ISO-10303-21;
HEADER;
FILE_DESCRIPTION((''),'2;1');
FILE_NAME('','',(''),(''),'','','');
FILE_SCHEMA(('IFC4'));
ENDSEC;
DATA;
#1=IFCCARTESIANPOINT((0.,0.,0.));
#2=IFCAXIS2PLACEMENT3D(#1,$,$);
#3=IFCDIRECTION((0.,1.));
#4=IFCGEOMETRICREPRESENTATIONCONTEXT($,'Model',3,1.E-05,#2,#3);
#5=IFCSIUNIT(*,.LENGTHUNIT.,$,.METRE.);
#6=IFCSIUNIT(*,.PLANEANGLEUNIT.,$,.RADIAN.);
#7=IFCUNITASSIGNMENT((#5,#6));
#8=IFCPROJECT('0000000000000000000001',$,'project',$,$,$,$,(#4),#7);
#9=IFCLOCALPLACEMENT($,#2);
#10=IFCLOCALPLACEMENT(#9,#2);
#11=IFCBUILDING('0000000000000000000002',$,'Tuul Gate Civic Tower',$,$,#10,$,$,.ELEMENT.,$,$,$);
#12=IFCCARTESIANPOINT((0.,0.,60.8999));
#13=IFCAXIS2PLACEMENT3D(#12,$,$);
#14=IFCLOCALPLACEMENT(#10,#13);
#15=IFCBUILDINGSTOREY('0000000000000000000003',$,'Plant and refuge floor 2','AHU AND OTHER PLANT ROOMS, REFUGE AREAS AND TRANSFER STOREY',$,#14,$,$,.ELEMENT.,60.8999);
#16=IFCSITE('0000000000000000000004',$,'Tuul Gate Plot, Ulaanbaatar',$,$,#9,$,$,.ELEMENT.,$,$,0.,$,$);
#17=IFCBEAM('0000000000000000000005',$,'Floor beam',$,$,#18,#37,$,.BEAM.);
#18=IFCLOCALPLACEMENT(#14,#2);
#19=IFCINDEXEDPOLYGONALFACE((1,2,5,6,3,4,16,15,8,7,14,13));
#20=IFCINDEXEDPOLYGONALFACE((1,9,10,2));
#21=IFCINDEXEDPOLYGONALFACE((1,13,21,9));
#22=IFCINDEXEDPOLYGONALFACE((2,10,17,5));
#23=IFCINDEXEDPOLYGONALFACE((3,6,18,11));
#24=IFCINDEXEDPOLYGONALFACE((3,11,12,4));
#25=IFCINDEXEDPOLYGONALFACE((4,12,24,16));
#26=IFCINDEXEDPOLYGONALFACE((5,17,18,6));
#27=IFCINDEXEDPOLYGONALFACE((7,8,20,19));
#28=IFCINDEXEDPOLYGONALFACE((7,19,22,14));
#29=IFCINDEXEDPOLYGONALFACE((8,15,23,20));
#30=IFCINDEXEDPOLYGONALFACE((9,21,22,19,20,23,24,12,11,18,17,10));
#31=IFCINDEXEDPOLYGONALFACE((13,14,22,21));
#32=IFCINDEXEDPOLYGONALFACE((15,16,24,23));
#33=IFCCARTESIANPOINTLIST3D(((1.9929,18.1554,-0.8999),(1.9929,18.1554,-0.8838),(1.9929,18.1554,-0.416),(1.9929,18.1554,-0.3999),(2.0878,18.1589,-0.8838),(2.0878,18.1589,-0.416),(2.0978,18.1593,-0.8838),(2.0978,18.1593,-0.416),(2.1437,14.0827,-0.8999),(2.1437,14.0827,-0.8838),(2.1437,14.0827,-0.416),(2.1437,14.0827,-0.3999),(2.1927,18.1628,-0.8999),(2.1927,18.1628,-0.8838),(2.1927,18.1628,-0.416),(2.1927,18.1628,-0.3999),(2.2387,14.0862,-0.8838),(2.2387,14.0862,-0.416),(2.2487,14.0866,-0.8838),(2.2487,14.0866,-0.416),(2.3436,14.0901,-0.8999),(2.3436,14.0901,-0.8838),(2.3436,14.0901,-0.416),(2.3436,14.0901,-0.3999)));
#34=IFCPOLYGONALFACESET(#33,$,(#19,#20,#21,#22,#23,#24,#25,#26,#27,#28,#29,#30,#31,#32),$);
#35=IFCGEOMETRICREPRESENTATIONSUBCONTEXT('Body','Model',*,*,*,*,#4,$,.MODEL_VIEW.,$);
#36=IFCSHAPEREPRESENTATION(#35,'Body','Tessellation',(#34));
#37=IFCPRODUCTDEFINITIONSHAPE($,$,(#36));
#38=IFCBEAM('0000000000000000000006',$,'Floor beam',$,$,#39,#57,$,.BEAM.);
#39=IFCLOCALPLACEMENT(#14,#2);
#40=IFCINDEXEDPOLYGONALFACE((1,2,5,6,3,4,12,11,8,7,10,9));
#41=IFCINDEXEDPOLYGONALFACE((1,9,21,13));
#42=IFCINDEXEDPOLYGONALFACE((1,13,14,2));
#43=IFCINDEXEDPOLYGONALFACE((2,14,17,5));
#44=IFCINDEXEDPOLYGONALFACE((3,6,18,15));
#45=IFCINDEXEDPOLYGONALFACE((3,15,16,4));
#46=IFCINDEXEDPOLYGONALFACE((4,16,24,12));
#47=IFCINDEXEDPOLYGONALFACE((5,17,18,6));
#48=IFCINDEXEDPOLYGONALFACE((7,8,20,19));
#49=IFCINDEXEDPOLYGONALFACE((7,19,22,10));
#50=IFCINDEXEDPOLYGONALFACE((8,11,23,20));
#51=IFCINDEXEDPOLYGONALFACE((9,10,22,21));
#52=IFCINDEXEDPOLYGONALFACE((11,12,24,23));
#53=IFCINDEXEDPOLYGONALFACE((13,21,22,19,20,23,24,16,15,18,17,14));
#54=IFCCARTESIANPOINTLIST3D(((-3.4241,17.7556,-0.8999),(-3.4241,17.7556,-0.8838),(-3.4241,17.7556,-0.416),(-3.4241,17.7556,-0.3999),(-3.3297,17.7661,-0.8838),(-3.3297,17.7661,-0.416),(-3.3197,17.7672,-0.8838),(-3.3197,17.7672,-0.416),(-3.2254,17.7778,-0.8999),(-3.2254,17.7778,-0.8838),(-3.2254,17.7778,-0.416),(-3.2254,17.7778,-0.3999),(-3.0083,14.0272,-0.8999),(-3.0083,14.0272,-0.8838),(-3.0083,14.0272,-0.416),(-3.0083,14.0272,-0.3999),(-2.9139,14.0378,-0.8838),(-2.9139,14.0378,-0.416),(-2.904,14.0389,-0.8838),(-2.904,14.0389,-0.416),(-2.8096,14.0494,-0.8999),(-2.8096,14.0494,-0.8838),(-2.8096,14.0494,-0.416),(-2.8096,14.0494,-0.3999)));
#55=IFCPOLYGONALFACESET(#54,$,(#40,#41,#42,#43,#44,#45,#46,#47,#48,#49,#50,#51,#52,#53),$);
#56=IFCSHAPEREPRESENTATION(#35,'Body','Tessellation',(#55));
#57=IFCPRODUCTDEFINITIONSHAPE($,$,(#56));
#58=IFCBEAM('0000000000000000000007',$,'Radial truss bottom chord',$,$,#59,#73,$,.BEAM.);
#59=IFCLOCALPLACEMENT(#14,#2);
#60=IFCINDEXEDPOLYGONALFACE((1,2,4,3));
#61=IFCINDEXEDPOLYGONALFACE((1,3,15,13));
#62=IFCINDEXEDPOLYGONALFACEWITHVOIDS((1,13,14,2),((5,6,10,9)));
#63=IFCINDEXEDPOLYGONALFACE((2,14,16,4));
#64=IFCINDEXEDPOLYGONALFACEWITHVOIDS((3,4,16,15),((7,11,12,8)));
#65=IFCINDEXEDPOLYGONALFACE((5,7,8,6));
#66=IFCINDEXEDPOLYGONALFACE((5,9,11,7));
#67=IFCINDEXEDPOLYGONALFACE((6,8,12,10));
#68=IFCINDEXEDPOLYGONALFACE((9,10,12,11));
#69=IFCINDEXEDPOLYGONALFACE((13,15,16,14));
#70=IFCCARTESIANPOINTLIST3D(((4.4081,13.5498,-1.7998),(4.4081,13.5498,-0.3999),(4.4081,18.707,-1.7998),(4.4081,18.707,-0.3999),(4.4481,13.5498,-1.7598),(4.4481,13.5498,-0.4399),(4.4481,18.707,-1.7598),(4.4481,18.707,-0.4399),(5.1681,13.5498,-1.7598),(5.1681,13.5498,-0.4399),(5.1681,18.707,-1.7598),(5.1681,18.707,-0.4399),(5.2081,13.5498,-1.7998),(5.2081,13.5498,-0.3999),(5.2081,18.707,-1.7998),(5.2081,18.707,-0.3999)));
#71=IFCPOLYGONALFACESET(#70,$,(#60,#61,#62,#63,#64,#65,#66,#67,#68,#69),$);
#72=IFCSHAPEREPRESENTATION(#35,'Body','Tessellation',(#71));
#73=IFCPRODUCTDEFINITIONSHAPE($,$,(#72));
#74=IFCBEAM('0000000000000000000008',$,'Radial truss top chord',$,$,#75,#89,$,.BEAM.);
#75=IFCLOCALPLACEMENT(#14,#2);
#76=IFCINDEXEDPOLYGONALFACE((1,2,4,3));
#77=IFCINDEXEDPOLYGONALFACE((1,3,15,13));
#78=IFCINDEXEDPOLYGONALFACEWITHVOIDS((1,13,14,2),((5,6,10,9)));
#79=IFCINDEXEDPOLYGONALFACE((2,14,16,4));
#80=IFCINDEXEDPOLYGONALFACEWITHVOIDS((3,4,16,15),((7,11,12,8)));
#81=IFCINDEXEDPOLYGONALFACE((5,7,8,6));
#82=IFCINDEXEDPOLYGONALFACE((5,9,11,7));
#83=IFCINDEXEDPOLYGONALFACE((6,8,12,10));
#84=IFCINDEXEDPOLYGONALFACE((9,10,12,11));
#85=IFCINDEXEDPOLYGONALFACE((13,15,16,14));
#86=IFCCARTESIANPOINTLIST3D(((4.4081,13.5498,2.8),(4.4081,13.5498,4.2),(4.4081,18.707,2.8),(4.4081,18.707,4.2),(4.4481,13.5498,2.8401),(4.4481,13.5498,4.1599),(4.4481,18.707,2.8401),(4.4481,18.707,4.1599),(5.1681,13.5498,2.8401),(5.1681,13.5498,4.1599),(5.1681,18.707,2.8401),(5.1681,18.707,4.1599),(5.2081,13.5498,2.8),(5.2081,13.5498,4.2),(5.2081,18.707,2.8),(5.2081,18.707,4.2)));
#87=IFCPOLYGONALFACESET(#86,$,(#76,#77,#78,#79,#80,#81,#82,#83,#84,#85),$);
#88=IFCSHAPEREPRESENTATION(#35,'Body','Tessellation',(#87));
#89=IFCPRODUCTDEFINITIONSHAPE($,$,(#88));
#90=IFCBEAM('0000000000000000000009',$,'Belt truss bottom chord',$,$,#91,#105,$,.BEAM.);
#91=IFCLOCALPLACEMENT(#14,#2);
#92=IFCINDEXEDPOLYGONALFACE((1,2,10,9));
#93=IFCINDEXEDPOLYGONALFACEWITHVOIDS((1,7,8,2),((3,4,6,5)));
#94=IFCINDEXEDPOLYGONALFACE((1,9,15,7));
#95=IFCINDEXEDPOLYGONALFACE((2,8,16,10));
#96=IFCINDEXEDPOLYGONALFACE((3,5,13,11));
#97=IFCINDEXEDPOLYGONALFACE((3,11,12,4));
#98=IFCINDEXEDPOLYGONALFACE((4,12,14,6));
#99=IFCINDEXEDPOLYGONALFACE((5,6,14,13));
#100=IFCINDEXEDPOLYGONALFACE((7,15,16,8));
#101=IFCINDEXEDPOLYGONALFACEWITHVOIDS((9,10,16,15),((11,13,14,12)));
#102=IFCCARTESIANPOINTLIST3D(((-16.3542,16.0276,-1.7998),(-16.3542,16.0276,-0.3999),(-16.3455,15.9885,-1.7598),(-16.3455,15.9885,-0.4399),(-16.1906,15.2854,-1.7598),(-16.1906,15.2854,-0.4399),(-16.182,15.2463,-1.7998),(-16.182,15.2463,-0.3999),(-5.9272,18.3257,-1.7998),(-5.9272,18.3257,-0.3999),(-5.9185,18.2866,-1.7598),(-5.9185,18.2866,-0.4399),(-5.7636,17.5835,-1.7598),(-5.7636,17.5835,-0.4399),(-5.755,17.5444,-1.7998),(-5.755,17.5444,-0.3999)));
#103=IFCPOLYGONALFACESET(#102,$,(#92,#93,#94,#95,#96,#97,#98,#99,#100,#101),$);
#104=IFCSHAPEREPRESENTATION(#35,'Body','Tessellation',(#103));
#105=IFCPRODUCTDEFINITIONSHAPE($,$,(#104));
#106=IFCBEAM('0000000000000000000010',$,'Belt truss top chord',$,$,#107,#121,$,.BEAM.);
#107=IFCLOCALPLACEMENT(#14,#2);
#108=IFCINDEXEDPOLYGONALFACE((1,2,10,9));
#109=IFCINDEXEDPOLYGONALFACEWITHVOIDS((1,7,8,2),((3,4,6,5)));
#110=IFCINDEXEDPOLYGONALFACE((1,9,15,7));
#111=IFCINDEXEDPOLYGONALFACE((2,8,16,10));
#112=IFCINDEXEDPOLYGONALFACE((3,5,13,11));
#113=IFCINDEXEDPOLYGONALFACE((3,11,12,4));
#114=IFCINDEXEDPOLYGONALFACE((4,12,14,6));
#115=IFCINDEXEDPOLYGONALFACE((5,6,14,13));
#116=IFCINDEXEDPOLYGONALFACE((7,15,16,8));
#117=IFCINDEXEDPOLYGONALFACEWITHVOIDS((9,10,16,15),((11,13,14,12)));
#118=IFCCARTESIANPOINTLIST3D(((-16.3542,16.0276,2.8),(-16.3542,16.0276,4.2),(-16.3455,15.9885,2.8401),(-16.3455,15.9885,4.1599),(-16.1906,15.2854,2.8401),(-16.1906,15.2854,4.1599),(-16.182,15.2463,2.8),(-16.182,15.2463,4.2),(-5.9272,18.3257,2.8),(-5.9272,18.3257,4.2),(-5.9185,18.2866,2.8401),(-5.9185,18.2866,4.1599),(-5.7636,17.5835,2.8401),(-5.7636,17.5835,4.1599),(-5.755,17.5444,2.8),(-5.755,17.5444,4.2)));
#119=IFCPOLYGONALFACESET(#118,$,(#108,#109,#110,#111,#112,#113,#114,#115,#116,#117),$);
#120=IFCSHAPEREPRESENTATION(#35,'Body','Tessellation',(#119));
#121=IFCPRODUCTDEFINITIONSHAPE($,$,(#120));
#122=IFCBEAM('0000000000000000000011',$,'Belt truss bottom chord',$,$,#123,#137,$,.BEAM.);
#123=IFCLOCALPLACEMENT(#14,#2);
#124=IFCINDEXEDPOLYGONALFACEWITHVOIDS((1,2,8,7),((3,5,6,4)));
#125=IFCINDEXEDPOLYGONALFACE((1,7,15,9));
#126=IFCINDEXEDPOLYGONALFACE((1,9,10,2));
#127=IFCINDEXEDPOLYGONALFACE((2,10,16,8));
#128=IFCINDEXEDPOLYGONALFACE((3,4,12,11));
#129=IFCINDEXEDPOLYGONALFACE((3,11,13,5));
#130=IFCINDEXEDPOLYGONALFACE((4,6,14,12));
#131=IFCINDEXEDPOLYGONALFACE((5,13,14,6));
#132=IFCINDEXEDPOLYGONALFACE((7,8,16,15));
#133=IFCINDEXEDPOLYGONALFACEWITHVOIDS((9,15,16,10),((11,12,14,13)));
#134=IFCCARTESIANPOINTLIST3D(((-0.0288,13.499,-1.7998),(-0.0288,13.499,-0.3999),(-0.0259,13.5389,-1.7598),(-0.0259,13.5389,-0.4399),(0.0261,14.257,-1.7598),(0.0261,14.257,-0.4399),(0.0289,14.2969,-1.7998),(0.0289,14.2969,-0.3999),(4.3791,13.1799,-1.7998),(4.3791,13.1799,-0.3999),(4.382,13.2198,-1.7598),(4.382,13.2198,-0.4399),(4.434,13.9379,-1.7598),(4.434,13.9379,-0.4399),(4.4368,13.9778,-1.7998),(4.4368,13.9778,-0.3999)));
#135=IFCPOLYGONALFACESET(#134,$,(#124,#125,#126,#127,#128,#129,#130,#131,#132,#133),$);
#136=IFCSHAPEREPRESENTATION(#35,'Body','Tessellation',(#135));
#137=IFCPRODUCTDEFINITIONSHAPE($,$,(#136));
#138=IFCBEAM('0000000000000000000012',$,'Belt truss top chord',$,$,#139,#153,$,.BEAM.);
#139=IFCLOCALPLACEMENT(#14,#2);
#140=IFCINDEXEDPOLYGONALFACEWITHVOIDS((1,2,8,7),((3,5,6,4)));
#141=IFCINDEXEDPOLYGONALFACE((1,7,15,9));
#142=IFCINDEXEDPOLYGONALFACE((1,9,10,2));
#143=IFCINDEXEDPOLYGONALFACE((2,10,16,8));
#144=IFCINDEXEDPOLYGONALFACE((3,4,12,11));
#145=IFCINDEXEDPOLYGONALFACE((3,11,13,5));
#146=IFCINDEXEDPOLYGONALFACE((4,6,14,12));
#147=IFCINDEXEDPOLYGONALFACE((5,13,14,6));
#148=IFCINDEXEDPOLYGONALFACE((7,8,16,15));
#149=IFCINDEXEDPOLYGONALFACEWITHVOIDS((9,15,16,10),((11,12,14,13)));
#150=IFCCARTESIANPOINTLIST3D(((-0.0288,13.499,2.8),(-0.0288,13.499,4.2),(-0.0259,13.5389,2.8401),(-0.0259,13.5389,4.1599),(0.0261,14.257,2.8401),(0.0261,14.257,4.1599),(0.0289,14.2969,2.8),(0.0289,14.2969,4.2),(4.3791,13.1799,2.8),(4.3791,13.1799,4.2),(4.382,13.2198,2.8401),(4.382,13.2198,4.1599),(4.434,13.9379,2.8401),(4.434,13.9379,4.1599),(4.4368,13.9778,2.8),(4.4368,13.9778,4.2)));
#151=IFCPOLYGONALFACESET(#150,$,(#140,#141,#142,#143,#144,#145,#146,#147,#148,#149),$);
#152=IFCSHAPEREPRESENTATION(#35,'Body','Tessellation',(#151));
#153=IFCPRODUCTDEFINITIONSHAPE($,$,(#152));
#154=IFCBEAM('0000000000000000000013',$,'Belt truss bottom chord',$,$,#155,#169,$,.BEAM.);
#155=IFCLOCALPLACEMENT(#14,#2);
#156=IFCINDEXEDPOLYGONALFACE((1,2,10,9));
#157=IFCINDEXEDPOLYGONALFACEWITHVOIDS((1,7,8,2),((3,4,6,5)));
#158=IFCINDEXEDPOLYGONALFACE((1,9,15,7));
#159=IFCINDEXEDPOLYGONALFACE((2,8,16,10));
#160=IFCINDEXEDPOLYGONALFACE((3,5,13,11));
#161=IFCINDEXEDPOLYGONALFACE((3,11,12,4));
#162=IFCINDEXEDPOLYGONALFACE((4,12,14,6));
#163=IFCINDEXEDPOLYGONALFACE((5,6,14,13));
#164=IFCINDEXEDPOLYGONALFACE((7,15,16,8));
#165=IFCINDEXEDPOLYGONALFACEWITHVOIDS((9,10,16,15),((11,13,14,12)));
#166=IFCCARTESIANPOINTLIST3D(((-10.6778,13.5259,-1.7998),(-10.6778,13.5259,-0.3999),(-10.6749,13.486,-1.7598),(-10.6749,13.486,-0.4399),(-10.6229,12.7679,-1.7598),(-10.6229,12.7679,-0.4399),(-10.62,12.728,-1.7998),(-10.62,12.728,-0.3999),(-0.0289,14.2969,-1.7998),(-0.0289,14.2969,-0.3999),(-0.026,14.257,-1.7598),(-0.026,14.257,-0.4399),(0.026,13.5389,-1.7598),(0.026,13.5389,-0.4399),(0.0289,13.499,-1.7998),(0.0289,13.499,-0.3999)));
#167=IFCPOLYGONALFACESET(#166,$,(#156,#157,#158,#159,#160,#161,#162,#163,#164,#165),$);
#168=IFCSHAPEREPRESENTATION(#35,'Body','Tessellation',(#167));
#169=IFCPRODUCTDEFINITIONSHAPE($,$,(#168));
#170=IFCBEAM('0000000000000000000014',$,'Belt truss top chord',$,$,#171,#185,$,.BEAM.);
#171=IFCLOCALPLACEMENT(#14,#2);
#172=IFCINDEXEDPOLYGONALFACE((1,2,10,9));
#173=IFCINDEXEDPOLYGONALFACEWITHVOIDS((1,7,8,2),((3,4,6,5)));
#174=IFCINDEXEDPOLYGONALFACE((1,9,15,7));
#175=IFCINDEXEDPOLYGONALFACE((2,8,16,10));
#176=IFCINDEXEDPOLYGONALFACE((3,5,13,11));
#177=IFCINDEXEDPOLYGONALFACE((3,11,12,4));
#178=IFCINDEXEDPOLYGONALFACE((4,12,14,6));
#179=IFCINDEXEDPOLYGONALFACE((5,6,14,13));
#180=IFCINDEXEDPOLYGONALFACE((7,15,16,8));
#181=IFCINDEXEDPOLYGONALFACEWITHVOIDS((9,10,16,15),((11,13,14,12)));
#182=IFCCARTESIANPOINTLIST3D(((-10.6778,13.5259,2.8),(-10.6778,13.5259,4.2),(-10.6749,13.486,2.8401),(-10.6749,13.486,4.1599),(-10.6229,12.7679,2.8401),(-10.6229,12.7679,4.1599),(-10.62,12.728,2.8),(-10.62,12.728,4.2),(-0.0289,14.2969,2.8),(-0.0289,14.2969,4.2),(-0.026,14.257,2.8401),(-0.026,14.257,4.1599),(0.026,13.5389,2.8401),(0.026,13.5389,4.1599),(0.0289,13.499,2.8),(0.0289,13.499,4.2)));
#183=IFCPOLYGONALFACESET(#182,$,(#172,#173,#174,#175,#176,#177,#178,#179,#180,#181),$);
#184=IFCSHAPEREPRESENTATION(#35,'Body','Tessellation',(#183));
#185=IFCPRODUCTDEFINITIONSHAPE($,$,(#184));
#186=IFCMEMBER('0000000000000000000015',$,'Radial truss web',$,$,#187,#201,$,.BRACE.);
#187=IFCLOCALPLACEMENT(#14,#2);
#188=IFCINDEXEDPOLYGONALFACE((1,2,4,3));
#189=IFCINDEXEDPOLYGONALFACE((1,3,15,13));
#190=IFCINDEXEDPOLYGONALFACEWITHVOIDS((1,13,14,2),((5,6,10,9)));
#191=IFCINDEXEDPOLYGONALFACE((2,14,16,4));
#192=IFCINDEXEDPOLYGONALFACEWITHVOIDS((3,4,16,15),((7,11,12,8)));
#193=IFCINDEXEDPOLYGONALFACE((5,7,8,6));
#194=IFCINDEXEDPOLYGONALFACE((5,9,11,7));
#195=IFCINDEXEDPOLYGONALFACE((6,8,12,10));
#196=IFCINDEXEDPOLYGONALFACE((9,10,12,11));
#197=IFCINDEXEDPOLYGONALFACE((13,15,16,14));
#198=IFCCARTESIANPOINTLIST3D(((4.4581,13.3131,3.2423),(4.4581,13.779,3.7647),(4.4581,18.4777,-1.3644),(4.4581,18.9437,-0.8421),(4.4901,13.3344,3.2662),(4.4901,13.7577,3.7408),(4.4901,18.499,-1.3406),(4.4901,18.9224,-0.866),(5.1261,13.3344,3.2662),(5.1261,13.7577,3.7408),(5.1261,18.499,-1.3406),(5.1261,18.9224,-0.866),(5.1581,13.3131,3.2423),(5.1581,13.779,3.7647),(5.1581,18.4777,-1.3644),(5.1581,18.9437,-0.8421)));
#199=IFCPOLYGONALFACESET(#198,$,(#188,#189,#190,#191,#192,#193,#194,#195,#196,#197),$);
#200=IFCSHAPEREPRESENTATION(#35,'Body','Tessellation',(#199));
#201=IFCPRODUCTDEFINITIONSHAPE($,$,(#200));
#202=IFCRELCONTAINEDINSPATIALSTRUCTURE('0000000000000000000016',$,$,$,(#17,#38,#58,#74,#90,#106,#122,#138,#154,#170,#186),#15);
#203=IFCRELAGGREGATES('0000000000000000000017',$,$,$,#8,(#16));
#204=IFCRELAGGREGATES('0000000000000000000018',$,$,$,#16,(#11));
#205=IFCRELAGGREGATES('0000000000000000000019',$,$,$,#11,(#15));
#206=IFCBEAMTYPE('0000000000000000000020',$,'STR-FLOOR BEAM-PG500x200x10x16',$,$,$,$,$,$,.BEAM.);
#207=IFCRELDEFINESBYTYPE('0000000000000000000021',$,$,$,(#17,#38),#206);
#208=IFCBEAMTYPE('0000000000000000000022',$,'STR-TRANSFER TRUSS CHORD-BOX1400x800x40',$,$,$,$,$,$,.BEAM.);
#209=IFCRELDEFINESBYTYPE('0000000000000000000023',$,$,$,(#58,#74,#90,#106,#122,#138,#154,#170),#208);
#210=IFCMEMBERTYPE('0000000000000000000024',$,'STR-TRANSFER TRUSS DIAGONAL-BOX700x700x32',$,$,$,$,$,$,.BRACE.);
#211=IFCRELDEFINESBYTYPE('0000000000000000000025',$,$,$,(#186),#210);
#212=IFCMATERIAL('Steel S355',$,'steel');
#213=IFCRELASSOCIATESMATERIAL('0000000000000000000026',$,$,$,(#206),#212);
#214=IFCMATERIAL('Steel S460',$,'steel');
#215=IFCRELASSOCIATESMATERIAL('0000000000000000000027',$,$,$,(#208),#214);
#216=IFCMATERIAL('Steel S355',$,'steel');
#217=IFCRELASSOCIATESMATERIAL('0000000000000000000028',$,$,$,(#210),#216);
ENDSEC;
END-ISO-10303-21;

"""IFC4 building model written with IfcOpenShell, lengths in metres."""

from ifc_helpers import new_model, si_unit, direction, frame, origin, origin_2d, place, context, subcontext, project, spatial, hollow_rectangle, i_section, extrude, material, material_profile, profile_set, type_object, element, save


model = new_model("IFC4")

# Units and contexts
model_context = context("Model", 3, precision=1e-05, world=origin(), true_north=direction((0.0, 1.0)))
body_context = subcontext(model_context, "Body", "Model", "MODEL_VIEW")
ifc_project = project(units=[si_unit("LENGTHUNIT", "METRE"), si_unit("PLANEANGLEUNIT", "RADIAN")], contexts=[model_context])

# Site, building, storey
site_placement = place(None, origin())
site = spatial("IfcSite", under=ifc_project, at=site_placement, Name="Tuul Gate Plot, Ulaanbaatar", CompositionType="ELEMENT", RefElevation=0.0)
building_placement = place(site_placement, origin())
building = spatial("IfcBuilding", under=site, at=building_placement, Name="Tuul Gate Civic Tower", CompositionType="ELEMENT")
storey_placement = place(building_placement, frame((0.0, 0.0, 60.8999)))
storey = spatial("IfcBuildingStorey", under=building, at=storey_placement, Name="Plant and refuge floor 2", Description="AHU AND OTHER PLANT ROOMS, REFUGE AREAS AND TRANSFER STOREY", CompositionType="ELEMENT", Elevation=60.8999)

# Beams
ifc_material_1 = material(Name="Steel S355", Category="steel")
ifc_material_profile_1 = material_profile(ifc_material_1, i_section(OverallWidth=0.2, OverallDepth=0.5, WebThickness=0.01, FlangeThickness=0.0161, at=origin_2d()), Name="PG500x200x10x16")
ifc_profile_set_1 = profile_set([ifc_material_profile_1], Name="Steel S355")
beam_type_1 = type_object("IfcBeamType", Name="STR-FLOOR BEAM-PG500x200x10x16", PredefinedType="BEAM", material=ifc_profile_set_1)
beam_1_placement = place(storey_placement, frame((2.2437, 14.0864, -0.6499), z_axis=(-0.037021, 0.999315, 0.0), x_axis=(-0.999315, -0.037021, 0.0)))
element("IfcBeam", 1, at=beam_1_placement, inside=storey, type_object=beam_type_1, Name="Floor beam", PredefinedType="BEAM", context=body_context, shape_type="SweptSolid", body=[
    extrude(i_section(OverallWidth=0.2, OverallDepth=0.5, WebThickness=0.01, FlangeThickness=0.0161, at=origin_2d()), origin(), (0.0, 0.0, 1.0), 4.0754),
])
beam_2_placement = place(storey_placement, frame((-2.9089, 14.0383, -0.6499), z_axis=(-0.110832, 0.993839, 0.0), x_axis=(-0.993839, -0.110832, 0.0)))
element("IfcBeam", 2, at=beam_2_placement, inside=storey, type_object=beam_type_1, Name="Floor beam", PredefinedType="BEAM", context=body_context, shape_type="SweptSolid", body=[
    extrude(i_section(OverallWidth=0.2, OverallDepth=0.5, WebThickness=0.01, FlangeThickness=0.0161, at=origin_2d()), origin(), (0.0, 0.0, 1.0), 3.7515),
])
ifc_material_2 = material(Name="Steel S460", Category="steel")
ifc_material_profile_2 = material_profile(ifc_material_2, hollow_rectangle(XDim=0.8, YDim=1.3999, WallThickness=0.04, at=origin_2d()), Name="BOX1400x800x40")
ifc_profile_set_2 = profile_set([ifc_material_profile_2], Name="Steel S460")
beam_type_2 = type_object("IfcBeamType", Name="STR-TRANSFER TRUSS CHORD-BOX1400x800x40", PredefinedType="BEAM", material=ifc_profile_set_2)
for number, where, z_axis, x_axis, name in (
    (3, (4.8081, 18.707, -1.0999), (0.0, -1.0, 0.0), (1.0, 0.0, 0.0), "Radial truss bottom chord"),
    (4, (4.8081, 18.707, 3.5), (0.0, -1.0, 0.0), (1.0, 0.0, 0.0), "Radial truss top chord"),
):
    element("IfcBeam", number, at=place(storey_placement, frame(where, z_axis=z_axis, x_axis=x_axis)), inside=storey, type_object=beam_type_2, Name=name, PredefinedType="BEAM", context=body_context, shape_type="SweptSolid", body=[
        extrude(hollow_rectangle(XDim=0.8, YDim=1.3999, WallThickness=0.04, at=origin_2d()), origin(), (0.0, 0.0, 1.0), 5.1572),
    ])
for number, where, z_axis, x_axis, name in (
    (5, (-5.8411, 17.9351, -1.0999), (-0.976563, -0.215233, 0.0), (0.215233, -0.976563, 0.0), "Belt truss bottom chord"),
    (6, (-5.8411, 17.9351, 3.5), (-0.976563, -0.215233, 0.0), (0.215233, -0.976563, 0.0), "Belt truss top chord"),
):
    element("IfcBeam", number, at=place(storey_placement, frame(where, z_axis=z_axis, x_axis=x_axis)), inside=storey, type_object=beam_type_2, Name=name, PredefinedType="BEAM", context=body_context, shape_type="SweptSolid", body=[
        extrude(hollow_rectangle(XDim=0.8, YDim=1.3999, WallThickness=0.04, at=origin_2d()), origin(), (0.0, 0.0, 1.0), 10.6772),
    ])
for number, where, z_axis, x_axis, name in (
    (7, (4.408, 13.5789, -1.0999), (-0.99739, 0.072201, 0.0), (-0.072201, -0.99739, 0.0), "Belt truss bottom chord"),
    (8, (4.408, 13.5789, 3.5), (-0.99739, 0.072201, 0.0), (-0.072201, -0.99739, 0.0), "Belt truss top chord"),
):
    element("IfcBeam", number, at=place(storey_placement, frame(where, z_axis=z_axis, x_axis=x_axis)), inside=storey, type_object=beam_type_2, Name=name, PredefinedType="BEAM", context=body_context, shape_type="SweptSolid", body=[
        extrude(hollow_rectangle(XDim=0.8, YDim=1.3999, WallThickness=0.04, at=origin_2d()), origin(), (0.0, 0.0, 1.0), 4.4194),
    ])
for number, where, z_axis, x_axis, name in (
    (9, (0.0, 13.8979, -1.0999), (-0.997389, -0.072212, 0.0), (0.072212, -0.997389, 0.0), "Belt truss bottom chord"),
    (10, (0.0, 13.8979, 3.5), (-0.997389, -0.072212, 0.0), (0.072212, -0.997389, 0.0), "Belt truss top chord"),
):
    element("IfcBeam", number, at=place(storey_placement, frame(where, z_axis=z_axis, x_axis=x_axis)), inside=storey, type_object=beam_type_2, Name=name, PredefinedType="BEAM", context=body_context, shape_type="SweptSolid", body=[
        extrude(hollow_rectangle(XDim=0.8, YDim=1.3999, WallThickness=0.04, at=origin_2d()), origin(), (0.0, 0.0, 1.0), 10.6768),
    ])

# Member
ifc_material_3 = material(Name="Steel S355", Category="steel")
ifc_material_profile_3 = material_profile(ifc_material_3, hollow_rectangle(XDim=0.7, YDim=0.7, WallThickness=0.032, at=origin_2d()), Name="BOX700x700x32")
ifc_profile_set_3 = profile_set([ifc_material_profile_3], Name="Steel S355")
member_type_1 = type_object("IfcMemberType", Name="STR-TRANSFER TRUSS DIAGONAL-BOX700x700x32", PredefinedType="BRACE", material=ifc_profile_set_3)
member_1_placement = place(storey_placement, frame((4.8081, 18.7107, -1.1033), z_axis=(0.0, -0.746262, 0.665653), x_axis=(1.0, 0.0, 0.0)))
element("IfcMember", 11, at=member_1_placement, inside=storey, type_object=member_type_1, Name="Radial truss web", PredefinedType="BRACE", context=body_context, shape_type="SweptSolid", body=[
    extrude(hollow_rectangle(XDim=0.7, YDim=0.7, WallThickness=0.032, at=origin_2d()), origin(), (0.0, 0.0, 1.0), 6.9207),
])

save(model, "model.ifc")
